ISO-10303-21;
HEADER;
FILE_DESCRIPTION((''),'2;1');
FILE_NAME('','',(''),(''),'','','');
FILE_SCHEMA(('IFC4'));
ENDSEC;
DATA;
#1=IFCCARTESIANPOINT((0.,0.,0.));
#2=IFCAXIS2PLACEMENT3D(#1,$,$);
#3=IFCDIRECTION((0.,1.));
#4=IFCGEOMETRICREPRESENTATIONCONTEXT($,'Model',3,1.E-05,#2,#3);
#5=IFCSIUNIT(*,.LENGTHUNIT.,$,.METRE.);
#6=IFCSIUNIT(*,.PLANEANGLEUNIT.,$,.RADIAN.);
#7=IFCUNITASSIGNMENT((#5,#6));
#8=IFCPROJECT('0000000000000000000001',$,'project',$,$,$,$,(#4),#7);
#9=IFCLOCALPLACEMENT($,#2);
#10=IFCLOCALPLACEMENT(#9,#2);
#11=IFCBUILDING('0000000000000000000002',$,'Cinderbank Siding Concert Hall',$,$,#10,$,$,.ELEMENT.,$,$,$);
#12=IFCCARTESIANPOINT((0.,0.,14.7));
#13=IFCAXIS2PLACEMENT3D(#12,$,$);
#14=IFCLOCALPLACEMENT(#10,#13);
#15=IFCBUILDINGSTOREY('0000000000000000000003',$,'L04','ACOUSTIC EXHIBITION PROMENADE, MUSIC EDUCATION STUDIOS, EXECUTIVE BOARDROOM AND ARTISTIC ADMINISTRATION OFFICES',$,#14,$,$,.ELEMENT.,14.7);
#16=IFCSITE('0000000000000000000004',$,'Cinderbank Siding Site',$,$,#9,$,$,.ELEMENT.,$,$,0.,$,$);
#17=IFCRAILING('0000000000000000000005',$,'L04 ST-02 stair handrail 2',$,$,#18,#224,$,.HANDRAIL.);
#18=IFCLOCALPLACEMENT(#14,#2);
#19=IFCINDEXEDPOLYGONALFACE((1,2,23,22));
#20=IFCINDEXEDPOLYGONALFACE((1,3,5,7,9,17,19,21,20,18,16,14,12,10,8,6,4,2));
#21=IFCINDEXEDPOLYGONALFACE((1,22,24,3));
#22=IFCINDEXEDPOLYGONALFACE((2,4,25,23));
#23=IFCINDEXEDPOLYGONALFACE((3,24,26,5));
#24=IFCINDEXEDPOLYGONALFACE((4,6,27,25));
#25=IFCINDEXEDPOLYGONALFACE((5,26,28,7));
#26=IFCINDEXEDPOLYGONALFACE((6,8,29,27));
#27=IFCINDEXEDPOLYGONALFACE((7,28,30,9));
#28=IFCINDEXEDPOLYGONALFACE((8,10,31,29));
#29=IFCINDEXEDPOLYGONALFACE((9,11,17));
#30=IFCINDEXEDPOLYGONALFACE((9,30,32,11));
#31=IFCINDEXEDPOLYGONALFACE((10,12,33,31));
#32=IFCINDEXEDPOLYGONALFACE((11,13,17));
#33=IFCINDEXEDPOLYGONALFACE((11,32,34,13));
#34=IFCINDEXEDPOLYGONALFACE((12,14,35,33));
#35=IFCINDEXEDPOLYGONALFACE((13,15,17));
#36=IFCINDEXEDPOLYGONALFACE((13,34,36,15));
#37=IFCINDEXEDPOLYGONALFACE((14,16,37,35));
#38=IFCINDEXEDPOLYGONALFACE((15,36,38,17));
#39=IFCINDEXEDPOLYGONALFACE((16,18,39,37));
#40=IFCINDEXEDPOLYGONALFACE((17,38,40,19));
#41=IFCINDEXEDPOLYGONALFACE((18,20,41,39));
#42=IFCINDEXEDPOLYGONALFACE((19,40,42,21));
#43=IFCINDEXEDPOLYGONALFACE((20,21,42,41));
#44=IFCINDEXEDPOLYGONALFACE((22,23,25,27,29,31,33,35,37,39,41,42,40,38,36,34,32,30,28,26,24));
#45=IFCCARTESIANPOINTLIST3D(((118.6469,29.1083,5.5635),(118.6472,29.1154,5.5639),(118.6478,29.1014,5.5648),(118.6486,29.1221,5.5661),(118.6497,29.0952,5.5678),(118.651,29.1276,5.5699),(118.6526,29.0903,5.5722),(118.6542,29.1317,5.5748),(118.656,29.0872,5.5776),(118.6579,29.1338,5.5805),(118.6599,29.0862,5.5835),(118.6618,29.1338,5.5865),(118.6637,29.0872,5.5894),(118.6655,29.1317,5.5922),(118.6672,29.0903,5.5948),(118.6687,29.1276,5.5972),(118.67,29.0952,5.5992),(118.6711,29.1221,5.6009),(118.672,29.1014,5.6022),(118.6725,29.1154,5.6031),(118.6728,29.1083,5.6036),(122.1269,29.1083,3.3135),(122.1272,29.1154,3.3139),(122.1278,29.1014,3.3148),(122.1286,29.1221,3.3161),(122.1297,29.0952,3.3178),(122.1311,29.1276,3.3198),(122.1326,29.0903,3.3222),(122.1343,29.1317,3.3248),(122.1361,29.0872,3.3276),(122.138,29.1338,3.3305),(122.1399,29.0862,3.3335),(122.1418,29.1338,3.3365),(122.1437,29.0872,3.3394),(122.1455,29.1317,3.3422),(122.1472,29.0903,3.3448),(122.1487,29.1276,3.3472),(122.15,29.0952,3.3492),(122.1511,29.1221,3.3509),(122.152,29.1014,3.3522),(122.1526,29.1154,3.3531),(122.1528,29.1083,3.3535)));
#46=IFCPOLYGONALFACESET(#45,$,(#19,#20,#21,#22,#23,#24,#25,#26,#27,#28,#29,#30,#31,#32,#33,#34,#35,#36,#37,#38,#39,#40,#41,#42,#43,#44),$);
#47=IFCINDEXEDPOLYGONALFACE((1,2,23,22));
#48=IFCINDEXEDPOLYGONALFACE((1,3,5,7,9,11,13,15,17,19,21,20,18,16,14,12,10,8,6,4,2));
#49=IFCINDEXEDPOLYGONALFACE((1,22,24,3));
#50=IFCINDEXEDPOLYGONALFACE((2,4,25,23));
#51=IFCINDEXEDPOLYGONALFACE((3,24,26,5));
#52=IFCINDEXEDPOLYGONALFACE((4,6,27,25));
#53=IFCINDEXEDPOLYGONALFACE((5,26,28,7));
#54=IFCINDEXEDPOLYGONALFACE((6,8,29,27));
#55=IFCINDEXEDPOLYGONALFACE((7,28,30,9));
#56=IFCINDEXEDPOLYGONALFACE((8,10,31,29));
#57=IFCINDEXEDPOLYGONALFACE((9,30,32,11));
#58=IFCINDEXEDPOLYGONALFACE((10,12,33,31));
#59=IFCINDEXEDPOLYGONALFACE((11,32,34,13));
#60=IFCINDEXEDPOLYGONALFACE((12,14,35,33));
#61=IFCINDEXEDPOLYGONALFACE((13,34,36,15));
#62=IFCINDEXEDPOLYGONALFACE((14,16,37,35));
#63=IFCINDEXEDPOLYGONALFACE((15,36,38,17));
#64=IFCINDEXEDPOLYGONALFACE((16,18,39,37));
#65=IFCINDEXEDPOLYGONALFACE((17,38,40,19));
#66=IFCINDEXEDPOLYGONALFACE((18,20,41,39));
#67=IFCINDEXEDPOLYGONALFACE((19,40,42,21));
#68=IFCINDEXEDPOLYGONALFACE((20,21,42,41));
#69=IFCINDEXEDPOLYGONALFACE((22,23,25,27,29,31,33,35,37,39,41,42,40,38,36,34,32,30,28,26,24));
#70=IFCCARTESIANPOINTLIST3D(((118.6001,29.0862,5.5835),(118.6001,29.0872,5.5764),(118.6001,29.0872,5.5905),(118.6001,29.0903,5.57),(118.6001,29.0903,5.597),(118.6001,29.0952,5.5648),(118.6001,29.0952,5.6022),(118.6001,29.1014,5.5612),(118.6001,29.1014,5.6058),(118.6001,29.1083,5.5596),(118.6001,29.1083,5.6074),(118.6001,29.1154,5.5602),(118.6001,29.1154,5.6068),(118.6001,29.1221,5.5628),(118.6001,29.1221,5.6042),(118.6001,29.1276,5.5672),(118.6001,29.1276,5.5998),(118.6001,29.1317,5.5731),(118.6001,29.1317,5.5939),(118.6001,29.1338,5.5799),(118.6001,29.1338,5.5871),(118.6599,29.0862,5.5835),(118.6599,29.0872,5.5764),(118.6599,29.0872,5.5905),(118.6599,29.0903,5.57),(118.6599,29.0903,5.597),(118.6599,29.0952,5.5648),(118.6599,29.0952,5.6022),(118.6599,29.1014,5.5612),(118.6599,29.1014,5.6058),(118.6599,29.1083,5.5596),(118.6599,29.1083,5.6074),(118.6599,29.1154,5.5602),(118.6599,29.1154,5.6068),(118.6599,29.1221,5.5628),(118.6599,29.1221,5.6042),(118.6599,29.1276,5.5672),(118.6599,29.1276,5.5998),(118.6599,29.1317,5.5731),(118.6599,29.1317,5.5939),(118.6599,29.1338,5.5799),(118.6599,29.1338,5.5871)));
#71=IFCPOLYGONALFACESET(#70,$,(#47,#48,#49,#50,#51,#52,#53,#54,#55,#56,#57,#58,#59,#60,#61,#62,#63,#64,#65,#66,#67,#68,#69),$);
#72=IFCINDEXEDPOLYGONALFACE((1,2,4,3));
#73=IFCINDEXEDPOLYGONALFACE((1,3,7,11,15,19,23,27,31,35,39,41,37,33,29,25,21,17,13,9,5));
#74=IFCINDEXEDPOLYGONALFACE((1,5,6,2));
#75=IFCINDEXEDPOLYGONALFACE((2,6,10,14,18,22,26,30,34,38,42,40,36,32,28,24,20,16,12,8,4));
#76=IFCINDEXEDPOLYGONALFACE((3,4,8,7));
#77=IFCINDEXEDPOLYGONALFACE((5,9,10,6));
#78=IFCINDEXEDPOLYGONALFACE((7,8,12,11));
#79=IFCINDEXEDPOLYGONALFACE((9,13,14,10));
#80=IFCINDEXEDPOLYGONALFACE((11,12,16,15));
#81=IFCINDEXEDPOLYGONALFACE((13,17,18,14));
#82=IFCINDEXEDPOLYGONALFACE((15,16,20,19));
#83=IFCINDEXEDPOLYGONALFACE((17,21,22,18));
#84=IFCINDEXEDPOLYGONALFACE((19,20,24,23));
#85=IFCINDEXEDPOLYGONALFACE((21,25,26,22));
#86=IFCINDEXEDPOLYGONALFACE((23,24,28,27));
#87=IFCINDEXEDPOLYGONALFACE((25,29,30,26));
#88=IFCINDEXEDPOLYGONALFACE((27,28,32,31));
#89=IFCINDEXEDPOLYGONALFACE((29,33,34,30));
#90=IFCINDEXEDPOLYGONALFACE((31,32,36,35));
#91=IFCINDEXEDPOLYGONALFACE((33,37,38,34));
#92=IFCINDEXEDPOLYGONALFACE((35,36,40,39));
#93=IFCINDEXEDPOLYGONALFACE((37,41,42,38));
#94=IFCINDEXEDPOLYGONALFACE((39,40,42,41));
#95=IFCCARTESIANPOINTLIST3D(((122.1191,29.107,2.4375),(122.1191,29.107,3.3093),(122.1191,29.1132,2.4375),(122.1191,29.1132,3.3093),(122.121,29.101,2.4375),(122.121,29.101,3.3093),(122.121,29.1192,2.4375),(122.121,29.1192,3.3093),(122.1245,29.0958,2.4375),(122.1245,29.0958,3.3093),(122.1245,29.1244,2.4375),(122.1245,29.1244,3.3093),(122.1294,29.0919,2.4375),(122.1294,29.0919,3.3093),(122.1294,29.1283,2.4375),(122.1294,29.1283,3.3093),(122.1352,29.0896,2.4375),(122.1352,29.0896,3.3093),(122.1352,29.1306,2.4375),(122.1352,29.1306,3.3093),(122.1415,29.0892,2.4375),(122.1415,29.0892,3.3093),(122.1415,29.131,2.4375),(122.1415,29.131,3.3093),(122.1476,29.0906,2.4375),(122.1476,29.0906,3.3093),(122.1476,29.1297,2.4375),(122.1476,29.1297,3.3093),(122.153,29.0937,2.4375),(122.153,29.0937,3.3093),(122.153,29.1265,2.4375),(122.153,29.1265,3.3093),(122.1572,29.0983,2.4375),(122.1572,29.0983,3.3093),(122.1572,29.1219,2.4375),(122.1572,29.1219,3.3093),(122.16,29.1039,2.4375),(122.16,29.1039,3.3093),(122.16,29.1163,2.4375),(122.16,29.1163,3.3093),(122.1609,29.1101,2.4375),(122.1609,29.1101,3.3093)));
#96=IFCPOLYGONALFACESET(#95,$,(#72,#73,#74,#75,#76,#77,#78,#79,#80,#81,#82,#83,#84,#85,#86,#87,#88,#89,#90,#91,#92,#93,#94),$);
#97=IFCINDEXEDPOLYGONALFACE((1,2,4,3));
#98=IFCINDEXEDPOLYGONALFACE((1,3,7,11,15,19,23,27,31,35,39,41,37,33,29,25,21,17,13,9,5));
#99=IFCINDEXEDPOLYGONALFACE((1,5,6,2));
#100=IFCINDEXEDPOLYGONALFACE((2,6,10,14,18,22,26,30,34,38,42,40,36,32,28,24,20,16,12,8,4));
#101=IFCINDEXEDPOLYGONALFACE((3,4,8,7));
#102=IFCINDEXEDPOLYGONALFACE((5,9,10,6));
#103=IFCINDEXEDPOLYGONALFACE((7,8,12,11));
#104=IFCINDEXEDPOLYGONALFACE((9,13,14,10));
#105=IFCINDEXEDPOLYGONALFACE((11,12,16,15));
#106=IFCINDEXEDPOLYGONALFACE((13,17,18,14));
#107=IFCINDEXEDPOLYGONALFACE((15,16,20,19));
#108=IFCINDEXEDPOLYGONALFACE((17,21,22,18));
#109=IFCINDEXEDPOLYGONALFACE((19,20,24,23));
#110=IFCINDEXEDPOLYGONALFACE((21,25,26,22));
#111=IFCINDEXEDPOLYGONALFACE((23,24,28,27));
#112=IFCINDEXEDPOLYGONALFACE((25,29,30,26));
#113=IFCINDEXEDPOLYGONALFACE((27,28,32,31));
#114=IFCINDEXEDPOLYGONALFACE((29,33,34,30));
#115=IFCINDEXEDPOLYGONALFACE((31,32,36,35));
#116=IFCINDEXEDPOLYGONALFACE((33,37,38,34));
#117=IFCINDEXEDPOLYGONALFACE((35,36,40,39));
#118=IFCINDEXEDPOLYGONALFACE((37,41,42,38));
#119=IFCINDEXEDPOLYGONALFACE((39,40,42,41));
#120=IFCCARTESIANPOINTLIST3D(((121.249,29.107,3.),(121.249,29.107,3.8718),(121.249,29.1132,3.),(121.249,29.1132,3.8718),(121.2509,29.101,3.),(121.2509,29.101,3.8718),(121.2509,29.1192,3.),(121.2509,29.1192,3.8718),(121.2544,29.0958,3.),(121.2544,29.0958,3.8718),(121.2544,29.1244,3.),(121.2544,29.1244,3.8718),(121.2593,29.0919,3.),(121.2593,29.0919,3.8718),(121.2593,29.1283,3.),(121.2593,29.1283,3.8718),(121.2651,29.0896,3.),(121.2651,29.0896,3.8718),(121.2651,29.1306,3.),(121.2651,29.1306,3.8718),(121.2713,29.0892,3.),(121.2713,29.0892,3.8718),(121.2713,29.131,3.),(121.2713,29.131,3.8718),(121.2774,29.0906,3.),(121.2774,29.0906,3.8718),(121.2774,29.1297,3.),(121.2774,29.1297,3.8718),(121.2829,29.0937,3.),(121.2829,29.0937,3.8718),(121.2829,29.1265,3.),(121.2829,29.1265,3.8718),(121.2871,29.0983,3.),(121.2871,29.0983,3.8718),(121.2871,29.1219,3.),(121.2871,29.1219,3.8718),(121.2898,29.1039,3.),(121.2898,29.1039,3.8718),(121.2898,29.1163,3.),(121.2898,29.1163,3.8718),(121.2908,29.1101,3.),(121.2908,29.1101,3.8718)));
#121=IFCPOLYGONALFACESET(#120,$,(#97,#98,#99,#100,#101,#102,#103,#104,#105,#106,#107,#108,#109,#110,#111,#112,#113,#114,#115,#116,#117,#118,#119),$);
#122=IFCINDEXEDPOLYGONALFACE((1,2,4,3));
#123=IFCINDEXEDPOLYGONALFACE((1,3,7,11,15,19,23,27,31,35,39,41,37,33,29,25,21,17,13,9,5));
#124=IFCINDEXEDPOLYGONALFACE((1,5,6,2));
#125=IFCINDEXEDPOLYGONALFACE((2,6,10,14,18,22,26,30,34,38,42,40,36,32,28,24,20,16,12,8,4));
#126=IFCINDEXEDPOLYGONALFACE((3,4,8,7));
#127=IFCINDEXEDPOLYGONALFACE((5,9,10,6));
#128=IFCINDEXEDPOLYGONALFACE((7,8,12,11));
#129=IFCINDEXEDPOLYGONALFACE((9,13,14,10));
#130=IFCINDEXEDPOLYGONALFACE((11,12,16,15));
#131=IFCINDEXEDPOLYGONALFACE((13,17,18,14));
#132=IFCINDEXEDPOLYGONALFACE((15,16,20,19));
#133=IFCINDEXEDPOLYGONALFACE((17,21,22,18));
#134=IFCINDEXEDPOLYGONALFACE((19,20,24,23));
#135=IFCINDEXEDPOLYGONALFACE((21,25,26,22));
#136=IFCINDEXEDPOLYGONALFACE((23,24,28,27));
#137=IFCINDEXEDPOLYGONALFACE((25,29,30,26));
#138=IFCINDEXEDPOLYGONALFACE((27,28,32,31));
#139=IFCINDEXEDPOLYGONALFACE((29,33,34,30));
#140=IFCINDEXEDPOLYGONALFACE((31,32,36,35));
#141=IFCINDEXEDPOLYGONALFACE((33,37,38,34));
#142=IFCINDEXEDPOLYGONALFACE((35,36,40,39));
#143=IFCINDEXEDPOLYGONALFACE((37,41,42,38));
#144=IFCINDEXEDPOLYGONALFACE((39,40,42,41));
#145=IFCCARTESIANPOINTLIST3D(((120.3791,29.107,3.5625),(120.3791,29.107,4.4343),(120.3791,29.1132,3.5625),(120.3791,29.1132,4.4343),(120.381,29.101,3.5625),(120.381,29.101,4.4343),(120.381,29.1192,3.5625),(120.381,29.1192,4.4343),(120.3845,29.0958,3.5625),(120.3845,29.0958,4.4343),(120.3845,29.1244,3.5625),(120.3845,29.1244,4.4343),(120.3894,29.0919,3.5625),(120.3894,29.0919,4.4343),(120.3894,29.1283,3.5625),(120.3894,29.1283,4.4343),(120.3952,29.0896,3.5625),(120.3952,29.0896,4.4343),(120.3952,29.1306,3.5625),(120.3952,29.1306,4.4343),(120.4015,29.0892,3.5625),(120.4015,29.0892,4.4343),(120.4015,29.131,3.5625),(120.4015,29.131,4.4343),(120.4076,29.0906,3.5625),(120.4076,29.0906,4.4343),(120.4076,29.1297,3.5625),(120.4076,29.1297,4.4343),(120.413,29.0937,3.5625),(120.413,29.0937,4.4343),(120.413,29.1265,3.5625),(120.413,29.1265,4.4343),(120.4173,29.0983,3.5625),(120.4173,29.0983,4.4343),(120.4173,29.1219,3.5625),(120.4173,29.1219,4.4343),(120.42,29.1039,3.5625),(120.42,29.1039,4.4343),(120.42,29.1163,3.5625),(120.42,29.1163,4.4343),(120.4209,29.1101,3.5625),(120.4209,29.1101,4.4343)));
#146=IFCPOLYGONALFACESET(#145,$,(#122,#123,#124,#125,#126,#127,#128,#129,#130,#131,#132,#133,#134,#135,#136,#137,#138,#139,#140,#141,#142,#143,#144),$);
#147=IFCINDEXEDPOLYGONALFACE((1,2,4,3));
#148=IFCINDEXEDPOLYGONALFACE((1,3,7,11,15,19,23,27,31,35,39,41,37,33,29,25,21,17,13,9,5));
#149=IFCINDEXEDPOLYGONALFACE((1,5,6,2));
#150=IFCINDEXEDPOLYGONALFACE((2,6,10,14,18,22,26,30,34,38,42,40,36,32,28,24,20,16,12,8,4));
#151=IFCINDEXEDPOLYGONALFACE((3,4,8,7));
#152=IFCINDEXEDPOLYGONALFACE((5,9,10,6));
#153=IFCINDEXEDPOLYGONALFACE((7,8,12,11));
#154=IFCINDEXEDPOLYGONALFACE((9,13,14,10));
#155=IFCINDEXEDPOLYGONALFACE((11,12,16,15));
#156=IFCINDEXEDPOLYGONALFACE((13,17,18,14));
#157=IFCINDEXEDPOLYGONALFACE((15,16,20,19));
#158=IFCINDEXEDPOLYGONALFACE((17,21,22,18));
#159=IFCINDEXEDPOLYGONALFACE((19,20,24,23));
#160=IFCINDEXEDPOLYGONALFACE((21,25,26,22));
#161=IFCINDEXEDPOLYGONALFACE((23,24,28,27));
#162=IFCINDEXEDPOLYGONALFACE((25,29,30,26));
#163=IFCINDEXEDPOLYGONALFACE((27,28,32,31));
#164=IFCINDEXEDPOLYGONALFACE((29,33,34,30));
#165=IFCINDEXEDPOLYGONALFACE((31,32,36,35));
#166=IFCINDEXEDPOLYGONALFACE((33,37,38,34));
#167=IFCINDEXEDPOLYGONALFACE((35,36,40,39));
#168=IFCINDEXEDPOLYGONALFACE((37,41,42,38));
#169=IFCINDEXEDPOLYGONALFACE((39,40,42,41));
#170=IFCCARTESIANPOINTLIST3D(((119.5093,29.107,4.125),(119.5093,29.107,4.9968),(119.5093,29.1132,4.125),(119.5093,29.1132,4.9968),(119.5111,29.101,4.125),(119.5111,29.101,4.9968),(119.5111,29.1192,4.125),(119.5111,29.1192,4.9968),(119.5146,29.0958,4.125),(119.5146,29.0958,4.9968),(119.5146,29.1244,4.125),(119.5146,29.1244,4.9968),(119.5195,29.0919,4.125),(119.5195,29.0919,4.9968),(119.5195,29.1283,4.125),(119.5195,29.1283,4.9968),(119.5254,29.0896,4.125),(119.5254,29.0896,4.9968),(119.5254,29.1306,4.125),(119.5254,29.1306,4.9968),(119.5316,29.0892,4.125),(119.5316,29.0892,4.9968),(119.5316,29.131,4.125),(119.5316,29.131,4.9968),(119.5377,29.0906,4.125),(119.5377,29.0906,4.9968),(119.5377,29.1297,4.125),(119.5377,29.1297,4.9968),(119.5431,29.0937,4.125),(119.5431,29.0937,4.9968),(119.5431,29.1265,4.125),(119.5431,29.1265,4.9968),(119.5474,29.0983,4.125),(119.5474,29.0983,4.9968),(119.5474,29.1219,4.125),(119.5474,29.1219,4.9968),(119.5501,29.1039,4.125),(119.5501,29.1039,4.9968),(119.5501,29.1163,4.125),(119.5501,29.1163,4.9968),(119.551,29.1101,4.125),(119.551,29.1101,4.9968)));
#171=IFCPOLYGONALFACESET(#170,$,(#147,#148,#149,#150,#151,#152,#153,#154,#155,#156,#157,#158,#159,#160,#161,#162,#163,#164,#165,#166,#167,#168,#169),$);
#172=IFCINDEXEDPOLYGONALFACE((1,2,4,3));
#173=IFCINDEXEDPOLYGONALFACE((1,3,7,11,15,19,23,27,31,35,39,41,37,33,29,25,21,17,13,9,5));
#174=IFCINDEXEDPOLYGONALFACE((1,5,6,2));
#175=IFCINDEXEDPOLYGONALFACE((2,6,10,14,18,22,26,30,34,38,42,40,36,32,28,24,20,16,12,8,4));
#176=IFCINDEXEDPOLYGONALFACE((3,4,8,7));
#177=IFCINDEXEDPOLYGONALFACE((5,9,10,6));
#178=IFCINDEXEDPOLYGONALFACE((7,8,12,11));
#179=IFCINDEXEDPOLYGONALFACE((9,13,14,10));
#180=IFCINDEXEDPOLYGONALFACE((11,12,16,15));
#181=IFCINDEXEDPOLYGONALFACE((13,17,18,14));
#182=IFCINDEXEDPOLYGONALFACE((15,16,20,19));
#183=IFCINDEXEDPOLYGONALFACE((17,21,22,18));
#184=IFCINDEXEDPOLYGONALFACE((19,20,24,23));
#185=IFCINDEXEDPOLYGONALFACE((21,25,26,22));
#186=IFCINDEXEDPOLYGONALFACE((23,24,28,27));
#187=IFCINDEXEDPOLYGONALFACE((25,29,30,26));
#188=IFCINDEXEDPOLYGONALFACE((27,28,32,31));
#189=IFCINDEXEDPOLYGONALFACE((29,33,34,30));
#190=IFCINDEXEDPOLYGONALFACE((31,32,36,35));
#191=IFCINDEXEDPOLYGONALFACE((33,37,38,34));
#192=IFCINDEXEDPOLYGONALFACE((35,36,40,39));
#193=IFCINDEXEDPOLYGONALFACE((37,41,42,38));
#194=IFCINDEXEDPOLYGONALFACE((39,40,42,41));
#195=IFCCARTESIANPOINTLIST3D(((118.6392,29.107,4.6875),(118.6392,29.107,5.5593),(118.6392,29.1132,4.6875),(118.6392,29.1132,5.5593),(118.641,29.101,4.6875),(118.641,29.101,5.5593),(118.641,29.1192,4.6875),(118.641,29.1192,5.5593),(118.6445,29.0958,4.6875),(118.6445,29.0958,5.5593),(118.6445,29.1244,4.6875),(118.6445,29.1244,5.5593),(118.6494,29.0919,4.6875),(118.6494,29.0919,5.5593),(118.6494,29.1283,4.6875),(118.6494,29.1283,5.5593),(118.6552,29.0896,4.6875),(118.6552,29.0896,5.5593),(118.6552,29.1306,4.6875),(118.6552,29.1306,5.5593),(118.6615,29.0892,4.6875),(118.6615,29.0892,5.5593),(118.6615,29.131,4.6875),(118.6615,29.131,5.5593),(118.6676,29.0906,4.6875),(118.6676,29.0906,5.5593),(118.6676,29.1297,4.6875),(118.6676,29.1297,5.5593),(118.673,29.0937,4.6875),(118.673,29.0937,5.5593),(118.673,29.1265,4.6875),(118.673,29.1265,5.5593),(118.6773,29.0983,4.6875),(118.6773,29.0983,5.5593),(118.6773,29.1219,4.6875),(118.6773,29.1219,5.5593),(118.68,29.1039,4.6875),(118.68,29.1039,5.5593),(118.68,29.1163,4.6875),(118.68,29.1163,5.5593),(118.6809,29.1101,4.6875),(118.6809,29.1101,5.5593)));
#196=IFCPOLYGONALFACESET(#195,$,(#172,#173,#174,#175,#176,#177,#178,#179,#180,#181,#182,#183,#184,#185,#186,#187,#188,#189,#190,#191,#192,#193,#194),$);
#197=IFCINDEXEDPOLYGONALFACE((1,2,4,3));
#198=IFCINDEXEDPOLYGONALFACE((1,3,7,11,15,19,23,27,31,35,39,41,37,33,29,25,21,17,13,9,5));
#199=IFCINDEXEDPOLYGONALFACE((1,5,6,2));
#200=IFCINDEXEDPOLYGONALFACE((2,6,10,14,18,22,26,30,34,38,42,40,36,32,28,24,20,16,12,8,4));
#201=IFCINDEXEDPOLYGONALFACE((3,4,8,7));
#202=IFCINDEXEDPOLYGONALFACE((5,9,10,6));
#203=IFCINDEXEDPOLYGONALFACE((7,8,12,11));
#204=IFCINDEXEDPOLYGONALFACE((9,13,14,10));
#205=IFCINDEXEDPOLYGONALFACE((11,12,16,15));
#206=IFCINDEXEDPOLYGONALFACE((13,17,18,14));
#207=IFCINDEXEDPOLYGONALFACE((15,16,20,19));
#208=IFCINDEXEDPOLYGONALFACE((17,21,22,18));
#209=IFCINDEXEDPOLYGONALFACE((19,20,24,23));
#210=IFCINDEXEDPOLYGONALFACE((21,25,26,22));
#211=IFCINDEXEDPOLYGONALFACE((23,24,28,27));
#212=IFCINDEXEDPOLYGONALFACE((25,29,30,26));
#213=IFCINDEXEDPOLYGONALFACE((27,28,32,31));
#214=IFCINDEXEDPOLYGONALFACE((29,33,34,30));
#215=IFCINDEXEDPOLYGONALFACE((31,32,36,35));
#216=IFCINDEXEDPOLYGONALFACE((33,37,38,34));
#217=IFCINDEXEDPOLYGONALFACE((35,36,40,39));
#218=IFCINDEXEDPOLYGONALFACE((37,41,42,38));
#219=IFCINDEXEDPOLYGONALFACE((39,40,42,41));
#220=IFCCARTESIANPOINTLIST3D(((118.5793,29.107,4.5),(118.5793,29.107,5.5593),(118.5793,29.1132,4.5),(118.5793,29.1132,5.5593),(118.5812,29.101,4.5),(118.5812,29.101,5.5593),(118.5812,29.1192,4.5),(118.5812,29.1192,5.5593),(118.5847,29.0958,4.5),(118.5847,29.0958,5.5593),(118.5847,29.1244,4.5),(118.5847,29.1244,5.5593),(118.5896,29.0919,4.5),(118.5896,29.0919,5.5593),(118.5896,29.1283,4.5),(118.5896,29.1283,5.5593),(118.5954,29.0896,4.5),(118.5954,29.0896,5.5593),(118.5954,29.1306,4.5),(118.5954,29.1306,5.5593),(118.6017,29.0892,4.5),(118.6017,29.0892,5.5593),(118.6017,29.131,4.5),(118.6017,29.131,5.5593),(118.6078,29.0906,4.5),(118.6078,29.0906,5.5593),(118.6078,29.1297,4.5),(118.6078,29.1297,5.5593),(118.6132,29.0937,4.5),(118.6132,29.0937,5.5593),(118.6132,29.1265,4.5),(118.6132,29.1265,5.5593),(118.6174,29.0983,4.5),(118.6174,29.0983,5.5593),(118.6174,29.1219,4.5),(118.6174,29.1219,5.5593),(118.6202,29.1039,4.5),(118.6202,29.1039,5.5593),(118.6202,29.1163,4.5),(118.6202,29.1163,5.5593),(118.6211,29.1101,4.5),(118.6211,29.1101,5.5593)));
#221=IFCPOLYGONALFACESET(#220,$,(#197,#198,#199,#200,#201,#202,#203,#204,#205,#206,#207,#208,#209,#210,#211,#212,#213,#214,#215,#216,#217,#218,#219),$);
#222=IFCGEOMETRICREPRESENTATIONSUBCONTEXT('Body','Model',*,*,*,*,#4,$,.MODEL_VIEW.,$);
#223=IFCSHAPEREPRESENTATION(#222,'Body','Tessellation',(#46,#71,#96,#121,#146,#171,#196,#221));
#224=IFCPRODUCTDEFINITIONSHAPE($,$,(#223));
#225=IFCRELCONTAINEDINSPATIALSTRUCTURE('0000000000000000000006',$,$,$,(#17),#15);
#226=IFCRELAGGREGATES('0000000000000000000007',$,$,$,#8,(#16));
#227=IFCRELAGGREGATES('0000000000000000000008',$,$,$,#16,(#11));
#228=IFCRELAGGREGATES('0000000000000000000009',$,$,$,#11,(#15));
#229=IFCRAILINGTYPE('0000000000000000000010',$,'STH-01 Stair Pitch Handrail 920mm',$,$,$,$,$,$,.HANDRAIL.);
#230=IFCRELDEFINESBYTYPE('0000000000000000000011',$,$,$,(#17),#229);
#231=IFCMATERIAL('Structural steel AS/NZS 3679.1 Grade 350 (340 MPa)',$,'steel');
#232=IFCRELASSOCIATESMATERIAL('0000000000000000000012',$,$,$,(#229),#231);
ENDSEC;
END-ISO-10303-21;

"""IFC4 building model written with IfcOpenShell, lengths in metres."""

from ifc_helpers import new_model, si_unit, direction, frame, origin, origin_2d, place, context, subcontext, project, spatial, circle, extrude, material, type_object, element, save


model = new_model("IFC4")

# Units and contexts
model_context = context("Model", 3, precision=1e-05, world=origin(), true_north=direction((0.0, 1.0)))
body_context = subcontext(model_context, "Body", "Model", "MODEL_VIEW")
ifc_project = project(units=[si_unit("LENGTHUNIT", "METRE"), si_unit("PLANEANGLEUNIT", "RADIAN")], contexts=[model_context])

# Site, building, storey
site_placement = place(None, origin())
site = spatial("IfcSite", under=ifc_project, at=site_placement, Name="Cinderbank Siding Site", CompositionType="ELEMENT", RefElevation=0.0)
building_placement = place(site_placement, origin())
building = spatial("IfcBuilding", under=site, at=building_placement, Name="Cinderbank Siding Concert Hall", CompositionType="ELEMENT")
storey_placement = place(building_placement, frame((0.0, 0.0, 14.7)))
storey = spatial("IfcBuildingStorey", under=building, at=storey_placement, Name="L04", Description="ACOUSTIC EXHIBITION PROMENADE, MUSIC EDUCATION STUDIOS, EXECUTIVE BOARDROOM AND ARTISTIC ADMINISTRATION OFFICES", CompositionType="ELEMENT", Elevation=14.7)

# Shared definitions
ifc_material_1 = material(Name="Structural steel AS/NZS 3679.1 Grade 350 (340 MPa)", Category="steel")

# Railing
railing_type_1 = type_object("IfcRailingType", Name="STH-01 Stair Pitch Handrail 920mm", PredefinedType="HANDRAIL", material=ifc_material_1)
railing_1_placement = place(storey_placement, frame((122.1399, 29.1101, 2.4375)))
element("IfcRailing", 1, at=railing_1_placement, inside=storey, type_object=railing_type_1, Name="L04 ST-02 stair handrail 2", PredefinedType="HANDRAIL", context=body_context, shape_type="SweptSolid", body=[
    extrude(circle(Radius=0.0239, at=origin_2d()), frame((0.0, 0.0, 0.896), z_axis=(-0.839763, 0.0, 0.542953), x_axis=(0.0, -1.0, 0.0)), (0.0, 0.0, 1.0), 4.144),
    extrude(circle(Radius=0.0239, at=origin_2d()), frame((-3.48, 0.0, 3.146), z_axis=(-1.0, 0.0, 0.0), x_axis=(0.0, -1.0, 0.0)), (0.0, 0.0, 1.0), 0.0598),
    extrude(circle(Radius=0.021, at=origin_2d()), origin(), (0.0, 0.0, 1.0), 0.8718),
    extrude(circle(Radius=0.021, at=origin_2d()), frame((-0.8701, 0.0, 0.5625)), (0.0, 0.0, 1.0), 0.8718),
    extrude(circle(Radius=0.021, at=origin_2d()), frame((-1.74, 0.0, 1.125)), (0.0, 0.0, 1.0), 0.8718),
    extrude(circle(Radius=0.021, at=origin_2d()), frame((-2.6099, 0.0, 1.6875)), (0.0, 0.0, 1.0), 0.8718),
    extrude(circle(Radius=0.021, at=origin_2d()), frame((-3.48, 0.0, 2.25)), (0.0, 0.0, 1.0), 0.8718),
    extrude(circle(Radius=0.021, at=origin_2d()), frame((-3.5398, 0.0, 2.0625)), (0.0, 0.0, 1.0), 1.0593),
])

save(model, "model.ifc")
